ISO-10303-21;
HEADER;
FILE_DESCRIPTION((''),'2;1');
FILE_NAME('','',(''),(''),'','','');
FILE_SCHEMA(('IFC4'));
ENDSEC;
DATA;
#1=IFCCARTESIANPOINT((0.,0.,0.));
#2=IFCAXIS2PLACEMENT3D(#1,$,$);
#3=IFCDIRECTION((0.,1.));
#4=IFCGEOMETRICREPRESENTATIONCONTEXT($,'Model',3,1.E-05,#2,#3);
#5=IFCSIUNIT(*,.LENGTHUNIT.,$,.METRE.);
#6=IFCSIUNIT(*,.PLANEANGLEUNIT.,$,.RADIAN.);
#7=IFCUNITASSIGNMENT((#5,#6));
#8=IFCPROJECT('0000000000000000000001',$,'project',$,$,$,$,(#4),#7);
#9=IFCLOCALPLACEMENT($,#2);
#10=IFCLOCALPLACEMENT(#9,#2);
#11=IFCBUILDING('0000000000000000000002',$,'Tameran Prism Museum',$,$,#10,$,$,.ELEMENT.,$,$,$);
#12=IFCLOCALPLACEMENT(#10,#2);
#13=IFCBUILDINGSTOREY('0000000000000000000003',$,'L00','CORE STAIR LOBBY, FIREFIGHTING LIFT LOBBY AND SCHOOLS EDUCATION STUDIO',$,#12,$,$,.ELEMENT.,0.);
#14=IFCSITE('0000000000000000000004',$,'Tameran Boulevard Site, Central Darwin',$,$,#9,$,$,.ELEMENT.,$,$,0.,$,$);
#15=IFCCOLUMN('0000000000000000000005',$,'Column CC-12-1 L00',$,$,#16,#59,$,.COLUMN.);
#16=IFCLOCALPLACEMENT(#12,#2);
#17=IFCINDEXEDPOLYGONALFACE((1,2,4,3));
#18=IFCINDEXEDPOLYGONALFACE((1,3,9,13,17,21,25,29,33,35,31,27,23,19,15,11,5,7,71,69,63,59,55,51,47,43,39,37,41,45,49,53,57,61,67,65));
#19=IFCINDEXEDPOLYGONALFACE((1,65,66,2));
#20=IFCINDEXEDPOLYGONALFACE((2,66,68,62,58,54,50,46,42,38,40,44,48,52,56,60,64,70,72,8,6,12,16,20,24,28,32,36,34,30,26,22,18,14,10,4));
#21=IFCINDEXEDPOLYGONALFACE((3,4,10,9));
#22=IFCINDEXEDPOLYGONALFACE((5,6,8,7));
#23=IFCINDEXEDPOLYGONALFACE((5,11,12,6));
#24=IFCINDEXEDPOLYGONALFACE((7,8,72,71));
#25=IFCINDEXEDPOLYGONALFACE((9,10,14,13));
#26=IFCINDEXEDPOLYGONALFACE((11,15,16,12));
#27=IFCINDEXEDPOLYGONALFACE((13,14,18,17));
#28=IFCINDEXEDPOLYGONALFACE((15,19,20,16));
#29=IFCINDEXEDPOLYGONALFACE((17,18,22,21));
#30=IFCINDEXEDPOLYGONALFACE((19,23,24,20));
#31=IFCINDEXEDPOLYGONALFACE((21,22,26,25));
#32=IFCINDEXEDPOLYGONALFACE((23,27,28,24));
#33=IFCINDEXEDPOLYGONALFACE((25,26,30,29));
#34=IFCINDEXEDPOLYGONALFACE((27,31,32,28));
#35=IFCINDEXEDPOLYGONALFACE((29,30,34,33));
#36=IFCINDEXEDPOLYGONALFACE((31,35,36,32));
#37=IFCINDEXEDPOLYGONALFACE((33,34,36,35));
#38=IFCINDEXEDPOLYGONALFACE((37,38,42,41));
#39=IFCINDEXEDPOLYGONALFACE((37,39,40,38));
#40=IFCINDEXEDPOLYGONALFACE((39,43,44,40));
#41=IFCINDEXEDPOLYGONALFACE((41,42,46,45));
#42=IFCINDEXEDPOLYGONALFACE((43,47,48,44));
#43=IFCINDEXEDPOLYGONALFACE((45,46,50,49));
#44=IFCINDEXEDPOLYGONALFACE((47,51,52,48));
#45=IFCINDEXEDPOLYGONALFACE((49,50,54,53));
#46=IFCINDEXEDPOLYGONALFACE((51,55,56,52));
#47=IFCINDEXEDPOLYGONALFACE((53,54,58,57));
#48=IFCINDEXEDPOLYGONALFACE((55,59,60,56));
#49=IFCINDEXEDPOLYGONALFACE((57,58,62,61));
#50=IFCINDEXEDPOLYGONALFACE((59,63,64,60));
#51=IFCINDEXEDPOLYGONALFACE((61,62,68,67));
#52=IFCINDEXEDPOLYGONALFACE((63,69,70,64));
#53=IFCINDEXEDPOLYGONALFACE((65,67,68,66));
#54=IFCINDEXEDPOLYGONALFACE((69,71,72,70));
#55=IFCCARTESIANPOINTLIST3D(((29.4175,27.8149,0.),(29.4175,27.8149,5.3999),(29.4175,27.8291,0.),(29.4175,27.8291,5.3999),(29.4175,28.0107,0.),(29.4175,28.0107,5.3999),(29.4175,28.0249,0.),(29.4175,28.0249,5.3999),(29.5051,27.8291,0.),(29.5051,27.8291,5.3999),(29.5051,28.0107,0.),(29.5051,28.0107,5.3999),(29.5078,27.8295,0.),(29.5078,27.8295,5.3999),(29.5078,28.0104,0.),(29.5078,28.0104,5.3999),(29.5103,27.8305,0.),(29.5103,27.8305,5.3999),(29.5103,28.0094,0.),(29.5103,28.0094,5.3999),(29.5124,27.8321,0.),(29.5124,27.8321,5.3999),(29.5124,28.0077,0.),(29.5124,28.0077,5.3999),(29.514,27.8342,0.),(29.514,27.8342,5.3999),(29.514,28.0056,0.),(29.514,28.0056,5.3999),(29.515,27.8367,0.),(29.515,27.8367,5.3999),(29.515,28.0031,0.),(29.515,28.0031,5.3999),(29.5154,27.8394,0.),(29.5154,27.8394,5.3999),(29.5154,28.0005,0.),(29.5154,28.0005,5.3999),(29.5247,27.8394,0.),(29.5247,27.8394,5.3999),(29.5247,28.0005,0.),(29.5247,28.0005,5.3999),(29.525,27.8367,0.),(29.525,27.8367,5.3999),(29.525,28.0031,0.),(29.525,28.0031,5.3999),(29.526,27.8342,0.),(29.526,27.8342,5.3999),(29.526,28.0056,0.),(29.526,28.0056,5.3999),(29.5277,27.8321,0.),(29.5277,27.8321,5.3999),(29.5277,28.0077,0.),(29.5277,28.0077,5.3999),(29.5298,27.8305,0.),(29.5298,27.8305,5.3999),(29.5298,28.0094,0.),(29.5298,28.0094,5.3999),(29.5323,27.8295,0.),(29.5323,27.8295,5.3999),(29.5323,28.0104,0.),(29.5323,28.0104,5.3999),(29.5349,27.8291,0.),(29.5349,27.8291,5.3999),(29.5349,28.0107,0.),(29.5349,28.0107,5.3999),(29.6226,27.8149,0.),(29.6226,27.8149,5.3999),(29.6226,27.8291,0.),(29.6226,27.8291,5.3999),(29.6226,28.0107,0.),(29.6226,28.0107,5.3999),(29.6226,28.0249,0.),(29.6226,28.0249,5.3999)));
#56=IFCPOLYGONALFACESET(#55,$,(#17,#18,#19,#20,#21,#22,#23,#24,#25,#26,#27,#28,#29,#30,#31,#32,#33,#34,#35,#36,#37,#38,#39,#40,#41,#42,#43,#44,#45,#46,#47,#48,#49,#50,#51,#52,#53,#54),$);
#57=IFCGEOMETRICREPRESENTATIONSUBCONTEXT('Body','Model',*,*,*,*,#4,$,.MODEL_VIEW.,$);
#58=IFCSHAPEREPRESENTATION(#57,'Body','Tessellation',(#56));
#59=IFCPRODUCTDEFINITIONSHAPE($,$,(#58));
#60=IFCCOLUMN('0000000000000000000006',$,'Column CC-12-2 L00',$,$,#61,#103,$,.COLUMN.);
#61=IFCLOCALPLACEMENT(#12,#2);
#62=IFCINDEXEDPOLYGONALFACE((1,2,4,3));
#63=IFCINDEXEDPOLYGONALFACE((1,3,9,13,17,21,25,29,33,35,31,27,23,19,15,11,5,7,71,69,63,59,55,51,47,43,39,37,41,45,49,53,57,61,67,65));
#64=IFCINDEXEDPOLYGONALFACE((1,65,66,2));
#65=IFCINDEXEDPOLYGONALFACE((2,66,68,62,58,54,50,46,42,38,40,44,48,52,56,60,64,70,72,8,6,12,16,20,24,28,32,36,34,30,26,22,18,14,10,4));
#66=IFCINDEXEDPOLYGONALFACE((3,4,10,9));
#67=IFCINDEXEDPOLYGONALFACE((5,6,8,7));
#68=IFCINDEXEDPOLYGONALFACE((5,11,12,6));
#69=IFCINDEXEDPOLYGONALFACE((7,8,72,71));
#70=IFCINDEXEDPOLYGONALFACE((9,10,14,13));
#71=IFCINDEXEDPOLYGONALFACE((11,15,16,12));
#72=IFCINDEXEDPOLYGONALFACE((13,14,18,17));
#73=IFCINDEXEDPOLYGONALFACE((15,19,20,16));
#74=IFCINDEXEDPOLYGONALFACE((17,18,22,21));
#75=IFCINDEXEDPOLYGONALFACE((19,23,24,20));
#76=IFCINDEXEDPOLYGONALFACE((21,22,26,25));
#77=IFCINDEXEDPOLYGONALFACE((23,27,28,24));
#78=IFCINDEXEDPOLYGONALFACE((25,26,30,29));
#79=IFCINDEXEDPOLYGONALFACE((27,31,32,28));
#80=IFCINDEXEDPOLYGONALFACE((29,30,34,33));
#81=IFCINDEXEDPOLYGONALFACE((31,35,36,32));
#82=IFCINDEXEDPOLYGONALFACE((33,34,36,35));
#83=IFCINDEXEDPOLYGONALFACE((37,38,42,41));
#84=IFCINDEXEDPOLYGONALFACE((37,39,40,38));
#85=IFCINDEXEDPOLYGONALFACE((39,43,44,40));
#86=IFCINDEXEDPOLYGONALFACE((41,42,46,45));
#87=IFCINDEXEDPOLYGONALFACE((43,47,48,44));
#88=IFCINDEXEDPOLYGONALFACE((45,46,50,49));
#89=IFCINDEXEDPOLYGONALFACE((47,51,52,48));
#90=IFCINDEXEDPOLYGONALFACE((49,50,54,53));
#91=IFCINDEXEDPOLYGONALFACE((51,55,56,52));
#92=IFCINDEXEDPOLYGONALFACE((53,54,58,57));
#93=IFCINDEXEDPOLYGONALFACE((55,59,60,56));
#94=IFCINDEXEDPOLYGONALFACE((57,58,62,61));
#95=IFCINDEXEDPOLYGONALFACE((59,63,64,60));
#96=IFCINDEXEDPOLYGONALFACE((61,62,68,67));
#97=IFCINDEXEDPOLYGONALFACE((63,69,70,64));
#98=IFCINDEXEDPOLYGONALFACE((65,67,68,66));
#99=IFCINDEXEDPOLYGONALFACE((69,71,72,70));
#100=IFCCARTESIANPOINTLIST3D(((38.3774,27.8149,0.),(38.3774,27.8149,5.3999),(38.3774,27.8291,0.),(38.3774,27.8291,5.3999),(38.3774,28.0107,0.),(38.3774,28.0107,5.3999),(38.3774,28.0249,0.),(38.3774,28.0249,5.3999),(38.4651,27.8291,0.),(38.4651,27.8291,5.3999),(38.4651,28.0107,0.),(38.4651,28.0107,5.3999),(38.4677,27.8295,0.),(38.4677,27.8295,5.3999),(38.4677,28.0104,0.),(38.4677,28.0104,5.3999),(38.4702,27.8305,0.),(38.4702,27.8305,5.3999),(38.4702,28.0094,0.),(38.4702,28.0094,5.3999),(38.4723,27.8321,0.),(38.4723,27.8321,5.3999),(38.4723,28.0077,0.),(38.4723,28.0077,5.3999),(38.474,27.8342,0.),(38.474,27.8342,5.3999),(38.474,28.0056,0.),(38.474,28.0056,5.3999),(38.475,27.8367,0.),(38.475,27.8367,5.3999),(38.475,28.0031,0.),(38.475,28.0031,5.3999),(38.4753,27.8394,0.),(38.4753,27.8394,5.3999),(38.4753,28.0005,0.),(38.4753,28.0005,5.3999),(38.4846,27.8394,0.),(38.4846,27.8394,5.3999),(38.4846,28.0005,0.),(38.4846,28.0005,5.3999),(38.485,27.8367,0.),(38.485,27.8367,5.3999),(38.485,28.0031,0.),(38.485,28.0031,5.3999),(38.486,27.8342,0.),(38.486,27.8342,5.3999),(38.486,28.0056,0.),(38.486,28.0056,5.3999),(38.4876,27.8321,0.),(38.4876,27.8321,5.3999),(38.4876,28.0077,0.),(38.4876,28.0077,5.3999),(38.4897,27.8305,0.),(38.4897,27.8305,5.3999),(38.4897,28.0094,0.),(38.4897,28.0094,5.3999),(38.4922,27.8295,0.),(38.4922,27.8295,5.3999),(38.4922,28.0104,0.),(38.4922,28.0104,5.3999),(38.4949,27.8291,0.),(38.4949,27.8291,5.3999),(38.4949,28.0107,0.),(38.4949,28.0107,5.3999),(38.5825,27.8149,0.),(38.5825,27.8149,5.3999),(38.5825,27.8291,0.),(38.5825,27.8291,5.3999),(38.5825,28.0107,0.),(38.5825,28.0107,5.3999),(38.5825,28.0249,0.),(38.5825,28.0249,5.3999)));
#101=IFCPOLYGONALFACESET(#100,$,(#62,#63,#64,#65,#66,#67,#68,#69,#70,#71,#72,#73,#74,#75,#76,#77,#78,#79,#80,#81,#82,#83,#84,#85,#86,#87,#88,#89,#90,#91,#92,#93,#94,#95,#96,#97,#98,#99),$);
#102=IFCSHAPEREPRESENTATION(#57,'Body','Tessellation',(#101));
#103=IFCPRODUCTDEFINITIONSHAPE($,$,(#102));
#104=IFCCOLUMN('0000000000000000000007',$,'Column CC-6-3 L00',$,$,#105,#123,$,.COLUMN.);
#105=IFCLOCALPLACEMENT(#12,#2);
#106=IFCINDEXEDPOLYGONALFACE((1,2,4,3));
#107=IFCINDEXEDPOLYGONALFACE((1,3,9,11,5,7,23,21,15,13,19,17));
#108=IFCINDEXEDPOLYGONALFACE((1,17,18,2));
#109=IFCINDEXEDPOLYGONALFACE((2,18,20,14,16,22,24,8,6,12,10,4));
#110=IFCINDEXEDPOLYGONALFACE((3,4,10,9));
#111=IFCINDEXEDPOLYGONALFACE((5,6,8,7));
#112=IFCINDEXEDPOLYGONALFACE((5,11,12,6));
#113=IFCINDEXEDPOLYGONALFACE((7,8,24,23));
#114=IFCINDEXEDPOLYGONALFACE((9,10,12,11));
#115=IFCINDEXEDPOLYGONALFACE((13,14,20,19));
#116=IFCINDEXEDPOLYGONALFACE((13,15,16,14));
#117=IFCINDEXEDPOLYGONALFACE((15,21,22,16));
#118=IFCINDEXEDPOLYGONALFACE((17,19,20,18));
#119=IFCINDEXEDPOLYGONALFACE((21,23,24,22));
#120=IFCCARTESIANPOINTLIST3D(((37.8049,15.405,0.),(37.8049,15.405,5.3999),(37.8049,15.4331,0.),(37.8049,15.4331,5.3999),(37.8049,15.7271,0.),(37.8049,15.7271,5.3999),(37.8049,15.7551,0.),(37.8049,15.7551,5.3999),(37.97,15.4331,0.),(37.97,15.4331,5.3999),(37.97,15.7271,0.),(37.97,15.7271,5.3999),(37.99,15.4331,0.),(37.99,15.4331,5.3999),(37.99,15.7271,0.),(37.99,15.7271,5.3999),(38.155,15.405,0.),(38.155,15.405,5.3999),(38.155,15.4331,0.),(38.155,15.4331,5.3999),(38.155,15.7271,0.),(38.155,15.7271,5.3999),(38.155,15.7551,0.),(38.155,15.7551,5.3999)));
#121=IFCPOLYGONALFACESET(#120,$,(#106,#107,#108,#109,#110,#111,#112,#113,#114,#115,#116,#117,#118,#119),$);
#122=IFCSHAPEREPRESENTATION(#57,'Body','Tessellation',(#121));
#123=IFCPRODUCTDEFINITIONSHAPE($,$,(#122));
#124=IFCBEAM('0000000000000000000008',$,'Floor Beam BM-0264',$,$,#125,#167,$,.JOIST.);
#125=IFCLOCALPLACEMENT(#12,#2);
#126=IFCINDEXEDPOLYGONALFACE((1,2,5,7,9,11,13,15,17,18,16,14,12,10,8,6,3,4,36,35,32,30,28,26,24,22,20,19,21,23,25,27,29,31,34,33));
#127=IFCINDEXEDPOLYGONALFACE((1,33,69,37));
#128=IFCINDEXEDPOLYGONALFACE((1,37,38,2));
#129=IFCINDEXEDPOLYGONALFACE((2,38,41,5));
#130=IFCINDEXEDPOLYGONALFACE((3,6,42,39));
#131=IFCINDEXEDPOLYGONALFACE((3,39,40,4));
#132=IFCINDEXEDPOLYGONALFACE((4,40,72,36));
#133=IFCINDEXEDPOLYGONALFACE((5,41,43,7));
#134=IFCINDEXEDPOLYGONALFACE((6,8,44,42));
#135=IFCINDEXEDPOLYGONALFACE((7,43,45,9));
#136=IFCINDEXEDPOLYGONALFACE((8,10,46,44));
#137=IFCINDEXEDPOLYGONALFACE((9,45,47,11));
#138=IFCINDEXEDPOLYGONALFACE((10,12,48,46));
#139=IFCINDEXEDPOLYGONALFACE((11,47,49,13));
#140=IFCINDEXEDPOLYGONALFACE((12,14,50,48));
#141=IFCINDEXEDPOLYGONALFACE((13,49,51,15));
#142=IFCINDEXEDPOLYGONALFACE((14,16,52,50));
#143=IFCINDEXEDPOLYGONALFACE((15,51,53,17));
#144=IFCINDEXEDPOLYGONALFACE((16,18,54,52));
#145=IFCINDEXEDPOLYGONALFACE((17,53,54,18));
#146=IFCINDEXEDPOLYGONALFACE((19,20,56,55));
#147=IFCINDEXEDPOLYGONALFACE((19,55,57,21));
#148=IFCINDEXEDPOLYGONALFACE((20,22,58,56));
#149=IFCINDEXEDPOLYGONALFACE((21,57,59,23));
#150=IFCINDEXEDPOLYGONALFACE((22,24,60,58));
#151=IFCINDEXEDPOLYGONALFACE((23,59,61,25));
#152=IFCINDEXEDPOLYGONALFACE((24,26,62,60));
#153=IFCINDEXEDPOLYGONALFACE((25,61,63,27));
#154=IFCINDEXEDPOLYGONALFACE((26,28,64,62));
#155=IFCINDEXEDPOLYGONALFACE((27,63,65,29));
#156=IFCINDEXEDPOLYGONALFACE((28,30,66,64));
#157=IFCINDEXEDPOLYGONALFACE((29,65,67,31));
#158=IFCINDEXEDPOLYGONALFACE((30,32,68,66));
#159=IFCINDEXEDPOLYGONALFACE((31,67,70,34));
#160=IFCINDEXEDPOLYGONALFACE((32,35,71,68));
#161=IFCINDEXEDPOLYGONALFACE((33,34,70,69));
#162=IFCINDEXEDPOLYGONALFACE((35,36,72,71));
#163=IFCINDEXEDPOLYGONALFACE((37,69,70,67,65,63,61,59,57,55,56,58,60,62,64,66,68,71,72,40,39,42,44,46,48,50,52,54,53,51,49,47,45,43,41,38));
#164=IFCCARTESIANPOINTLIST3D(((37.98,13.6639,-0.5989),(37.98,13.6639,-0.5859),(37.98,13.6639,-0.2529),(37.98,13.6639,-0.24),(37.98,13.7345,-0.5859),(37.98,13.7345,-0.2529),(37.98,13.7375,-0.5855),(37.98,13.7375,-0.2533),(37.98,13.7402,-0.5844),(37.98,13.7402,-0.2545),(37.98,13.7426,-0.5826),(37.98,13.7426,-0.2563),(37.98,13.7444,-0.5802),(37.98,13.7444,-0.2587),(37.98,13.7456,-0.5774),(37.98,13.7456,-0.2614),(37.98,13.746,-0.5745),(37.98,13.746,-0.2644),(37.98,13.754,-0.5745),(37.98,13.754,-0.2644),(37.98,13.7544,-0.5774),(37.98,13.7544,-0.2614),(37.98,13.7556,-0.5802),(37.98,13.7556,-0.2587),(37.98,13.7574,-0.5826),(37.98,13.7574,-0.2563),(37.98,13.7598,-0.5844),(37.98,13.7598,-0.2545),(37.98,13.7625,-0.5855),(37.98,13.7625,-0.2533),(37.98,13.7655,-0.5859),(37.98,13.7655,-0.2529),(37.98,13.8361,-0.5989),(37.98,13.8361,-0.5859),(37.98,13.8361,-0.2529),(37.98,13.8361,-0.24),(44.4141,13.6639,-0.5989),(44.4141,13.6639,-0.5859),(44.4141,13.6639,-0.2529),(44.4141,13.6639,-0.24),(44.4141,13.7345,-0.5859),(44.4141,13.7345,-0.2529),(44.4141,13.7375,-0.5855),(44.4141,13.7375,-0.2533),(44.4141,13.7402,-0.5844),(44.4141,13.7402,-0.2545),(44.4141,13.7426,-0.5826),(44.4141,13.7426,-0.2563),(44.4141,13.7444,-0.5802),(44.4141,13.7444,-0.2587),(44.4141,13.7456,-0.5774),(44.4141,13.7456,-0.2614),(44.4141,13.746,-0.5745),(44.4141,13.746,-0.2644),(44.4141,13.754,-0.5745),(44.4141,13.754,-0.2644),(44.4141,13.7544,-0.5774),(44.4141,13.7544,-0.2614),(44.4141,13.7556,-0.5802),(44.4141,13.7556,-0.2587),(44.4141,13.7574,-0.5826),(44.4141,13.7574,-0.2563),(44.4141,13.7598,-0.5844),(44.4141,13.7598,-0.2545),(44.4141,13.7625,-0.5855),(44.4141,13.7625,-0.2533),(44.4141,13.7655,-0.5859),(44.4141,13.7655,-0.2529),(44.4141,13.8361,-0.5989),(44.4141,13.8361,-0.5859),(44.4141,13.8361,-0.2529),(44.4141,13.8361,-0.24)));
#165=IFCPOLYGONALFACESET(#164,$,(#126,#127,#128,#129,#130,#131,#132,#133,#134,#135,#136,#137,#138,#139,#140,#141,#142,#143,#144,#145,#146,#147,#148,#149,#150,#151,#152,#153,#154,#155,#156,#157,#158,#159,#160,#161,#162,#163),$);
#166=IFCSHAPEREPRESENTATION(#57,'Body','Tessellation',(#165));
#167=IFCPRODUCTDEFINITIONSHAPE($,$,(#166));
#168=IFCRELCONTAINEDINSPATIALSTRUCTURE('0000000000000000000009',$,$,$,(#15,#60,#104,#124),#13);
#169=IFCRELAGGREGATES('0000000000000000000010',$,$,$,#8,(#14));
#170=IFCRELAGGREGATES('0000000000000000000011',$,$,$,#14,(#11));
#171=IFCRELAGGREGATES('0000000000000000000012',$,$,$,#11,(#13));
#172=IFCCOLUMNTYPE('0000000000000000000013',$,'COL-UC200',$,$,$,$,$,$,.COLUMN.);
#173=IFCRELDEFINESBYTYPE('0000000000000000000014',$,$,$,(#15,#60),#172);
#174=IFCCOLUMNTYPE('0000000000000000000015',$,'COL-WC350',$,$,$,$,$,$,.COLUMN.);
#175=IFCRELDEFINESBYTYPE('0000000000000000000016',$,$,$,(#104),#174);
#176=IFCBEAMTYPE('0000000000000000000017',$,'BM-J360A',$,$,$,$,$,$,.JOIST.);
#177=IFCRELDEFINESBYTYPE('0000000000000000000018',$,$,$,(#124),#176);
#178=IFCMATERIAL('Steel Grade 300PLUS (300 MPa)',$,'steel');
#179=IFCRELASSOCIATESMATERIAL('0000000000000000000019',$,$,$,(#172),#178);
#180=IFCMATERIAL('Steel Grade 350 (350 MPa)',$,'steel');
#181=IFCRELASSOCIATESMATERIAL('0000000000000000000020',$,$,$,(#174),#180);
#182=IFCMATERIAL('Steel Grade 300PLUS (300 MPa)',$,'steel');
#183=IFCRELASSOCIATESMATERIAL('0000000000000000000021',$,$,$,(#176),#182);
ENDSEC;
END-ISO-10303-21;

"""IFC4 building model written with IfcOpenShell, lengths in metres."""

from ifc_helpers import new_model, si_unit, direction, frame, origin, origin_2d, place, context, subcontext, project, spatial, i_section, extrude, material, material_profile, profile_set, type_object, element, save


model = new_model("IFC4")

# Units and contexts
model_context = context("Model", 3, precision=1e-05, world=origin(), true_north=direction((0.0, 1.0)))
body_context = subcontext(model_context, "Body", "Model", "MODEL_VIEW")
ifc_project = project(units=[si_unit("LENGTHUNIT", "METRE"), si_unit("PLANEANGLEUNIT", "RADIAN")], contexts=[model_context])

# Site, building, storey
site_placement = place(None, origin())
site = spatial("IfcSite", under=ifc_project, at=site_placement, Name="Tameran Boulevard Site, Central Darwin", CompositionType="ELEMENT", RefElevation=0.0)
building_placement = place(site_placement, origin())
building = spatial("IfcBuilding", under=site, at=building_placement, Name="Tameran Prism Museum", CompositionType="ELEMENT")
storey_placement = place(building_placement, origin())
storey = spatial("IfcBuildingStorey", under=building, at=storey_placement, Name="L00", Description="CORE STAIR LOBBY, FIREFIGHTING LIFT LOBBY AND SCHOOLS EDUCATION STUDIO", CompositionType="ELEMENT", Elevation=0.0)

# Columns
ifc_material_1 = material(Name="Steel Grade 300PLUS (300 MPa)", Category="steel")
ifc_material_profile_1 = material_profile(ifc_material_1, i_section(OverallWidth=0.2051, OverallDepth=0.21, WebThickness=0.0093, FlangeThickness=0.0142, FilletRadius=0.0103, at=origin_2d()))
ifc_profile_set_1 = profile_set([ifc_material_profile_1])
column_type_1 = type_object("IfcColumnType", Name="COL-UC200", PredefinedType="COLUMN", material=ifc_profile_set_1)
for number, where, z_axis, x_axis, name in (
    (1, (29.52, 27.9199, 0.0), (0.0, 0.0, 1.0), (1.0, 0.0, 0.0), "Column CC-12-1 L00"),
    (2, (38.48, 27.9199, 0.0), (0.0, 0.0, 1.0), (1.0, 0.0, 0.0), "Column CC-12-2 L00"),
):
    element("IfcColumn", number, at=place(storey_placement, frame(where, z_axis=z_axis, x_axis=x_axis)), inside=storey, type_object=column_type_1, Name=name, PredefinedType="COLUMN", context=body_context, shape_type="SweptSolid", body=[
        extrude(i_section(OverallWidth=0.2051, OverallDepth=0.21, WebThickness=0.0093, FlangeThickness=0.0142, FilletRadius=0.0103, at=origin_2d()), origin(), (0.0, 0.0, 1.0), 5.3999),
    ])
ifc_material_2 = material(Name="Steel Grade 350 (350 MPa)", Category="steel")
ifc_material_profile_2 = material_profile(ifc_material_2, i_section(OverallWidth=0.3501, OverallDepth=0.3501, WebThickness=0.02, FlangeThickness=0.0281, at=origin_2d()))
ifc_profile_set_2 = profile_set([ifc_material_profile_2])
column_type_2 = type_object("IfcColumnType", Name="COL-WC350", PredefinedType="COLUMN", material=ifc_profile_set_2)
column_placement = place(storey_placement, frame((37.98, 15.5801, 0.0), z_axis=(0.0, 0.0, 1.0), x_axis=(1.0, 0.0, 0.0)))
element("IfcColumn", 3, at=column_placement, inside=storey, type_object=column_type_2, Name="Column CC-6-3 L00", PredefinedType="COLUMN", context=body_context, shape_type="SweptSolid", body=[
    extrude(i_section(OverallWidth=0.3501, OverallDepth=0.3501, WebThickness=0.02, FlangeThickness=0.0281, at=origin_2d()), origin(), (0.0, 0.0, 1.0), 5.3999),
])

# Beam
ifc_material_3 = material(Name="Steel Grade 300PLUS (300 MPa)", Category="steel")
ifc_material_profile_3 = material_profile(ifc_material_3, i_section(OverallWidth=0.1721, OverallDepth=0.3589, WebThickness=0.0081, FlangeThickness=0.0129, FilletRadius=0.0115, at=origin_2d()))
ifc_profile_set_3 = profile_set([ifc_material_profile_3])
beam_type_1 = type_object("IfcBeamType", Name="BM-J360A", PredefinedType="JOIST", material=ifc_profile_set_3)
beam_1_placement = place(storey_placement, frame((37.98, 13.75, -0.4194), z_axis=(1.0, 0.0, 0.0), x_axis=(0.0, 1.0, 0.0)))
element("IfcBeam", 4, at=beam_1_placement, inside=storey, type_object=beam_type_1, Name="Floor Beam BM-0264", PredefinedType="JOIST", context=body_context, shape_type="SweptSolid", body=[
    extrude(i_section(OverallWidth=0.1721, OverallDepth=0.3589, WebThickness=0.0081, FlangeThickness=0.0129, FilletRadius=0.0115, at=origin_2d()), origin(), (0.0, 0.0, 1.0), 6.4341),
])

save(model, "model.ifc")
